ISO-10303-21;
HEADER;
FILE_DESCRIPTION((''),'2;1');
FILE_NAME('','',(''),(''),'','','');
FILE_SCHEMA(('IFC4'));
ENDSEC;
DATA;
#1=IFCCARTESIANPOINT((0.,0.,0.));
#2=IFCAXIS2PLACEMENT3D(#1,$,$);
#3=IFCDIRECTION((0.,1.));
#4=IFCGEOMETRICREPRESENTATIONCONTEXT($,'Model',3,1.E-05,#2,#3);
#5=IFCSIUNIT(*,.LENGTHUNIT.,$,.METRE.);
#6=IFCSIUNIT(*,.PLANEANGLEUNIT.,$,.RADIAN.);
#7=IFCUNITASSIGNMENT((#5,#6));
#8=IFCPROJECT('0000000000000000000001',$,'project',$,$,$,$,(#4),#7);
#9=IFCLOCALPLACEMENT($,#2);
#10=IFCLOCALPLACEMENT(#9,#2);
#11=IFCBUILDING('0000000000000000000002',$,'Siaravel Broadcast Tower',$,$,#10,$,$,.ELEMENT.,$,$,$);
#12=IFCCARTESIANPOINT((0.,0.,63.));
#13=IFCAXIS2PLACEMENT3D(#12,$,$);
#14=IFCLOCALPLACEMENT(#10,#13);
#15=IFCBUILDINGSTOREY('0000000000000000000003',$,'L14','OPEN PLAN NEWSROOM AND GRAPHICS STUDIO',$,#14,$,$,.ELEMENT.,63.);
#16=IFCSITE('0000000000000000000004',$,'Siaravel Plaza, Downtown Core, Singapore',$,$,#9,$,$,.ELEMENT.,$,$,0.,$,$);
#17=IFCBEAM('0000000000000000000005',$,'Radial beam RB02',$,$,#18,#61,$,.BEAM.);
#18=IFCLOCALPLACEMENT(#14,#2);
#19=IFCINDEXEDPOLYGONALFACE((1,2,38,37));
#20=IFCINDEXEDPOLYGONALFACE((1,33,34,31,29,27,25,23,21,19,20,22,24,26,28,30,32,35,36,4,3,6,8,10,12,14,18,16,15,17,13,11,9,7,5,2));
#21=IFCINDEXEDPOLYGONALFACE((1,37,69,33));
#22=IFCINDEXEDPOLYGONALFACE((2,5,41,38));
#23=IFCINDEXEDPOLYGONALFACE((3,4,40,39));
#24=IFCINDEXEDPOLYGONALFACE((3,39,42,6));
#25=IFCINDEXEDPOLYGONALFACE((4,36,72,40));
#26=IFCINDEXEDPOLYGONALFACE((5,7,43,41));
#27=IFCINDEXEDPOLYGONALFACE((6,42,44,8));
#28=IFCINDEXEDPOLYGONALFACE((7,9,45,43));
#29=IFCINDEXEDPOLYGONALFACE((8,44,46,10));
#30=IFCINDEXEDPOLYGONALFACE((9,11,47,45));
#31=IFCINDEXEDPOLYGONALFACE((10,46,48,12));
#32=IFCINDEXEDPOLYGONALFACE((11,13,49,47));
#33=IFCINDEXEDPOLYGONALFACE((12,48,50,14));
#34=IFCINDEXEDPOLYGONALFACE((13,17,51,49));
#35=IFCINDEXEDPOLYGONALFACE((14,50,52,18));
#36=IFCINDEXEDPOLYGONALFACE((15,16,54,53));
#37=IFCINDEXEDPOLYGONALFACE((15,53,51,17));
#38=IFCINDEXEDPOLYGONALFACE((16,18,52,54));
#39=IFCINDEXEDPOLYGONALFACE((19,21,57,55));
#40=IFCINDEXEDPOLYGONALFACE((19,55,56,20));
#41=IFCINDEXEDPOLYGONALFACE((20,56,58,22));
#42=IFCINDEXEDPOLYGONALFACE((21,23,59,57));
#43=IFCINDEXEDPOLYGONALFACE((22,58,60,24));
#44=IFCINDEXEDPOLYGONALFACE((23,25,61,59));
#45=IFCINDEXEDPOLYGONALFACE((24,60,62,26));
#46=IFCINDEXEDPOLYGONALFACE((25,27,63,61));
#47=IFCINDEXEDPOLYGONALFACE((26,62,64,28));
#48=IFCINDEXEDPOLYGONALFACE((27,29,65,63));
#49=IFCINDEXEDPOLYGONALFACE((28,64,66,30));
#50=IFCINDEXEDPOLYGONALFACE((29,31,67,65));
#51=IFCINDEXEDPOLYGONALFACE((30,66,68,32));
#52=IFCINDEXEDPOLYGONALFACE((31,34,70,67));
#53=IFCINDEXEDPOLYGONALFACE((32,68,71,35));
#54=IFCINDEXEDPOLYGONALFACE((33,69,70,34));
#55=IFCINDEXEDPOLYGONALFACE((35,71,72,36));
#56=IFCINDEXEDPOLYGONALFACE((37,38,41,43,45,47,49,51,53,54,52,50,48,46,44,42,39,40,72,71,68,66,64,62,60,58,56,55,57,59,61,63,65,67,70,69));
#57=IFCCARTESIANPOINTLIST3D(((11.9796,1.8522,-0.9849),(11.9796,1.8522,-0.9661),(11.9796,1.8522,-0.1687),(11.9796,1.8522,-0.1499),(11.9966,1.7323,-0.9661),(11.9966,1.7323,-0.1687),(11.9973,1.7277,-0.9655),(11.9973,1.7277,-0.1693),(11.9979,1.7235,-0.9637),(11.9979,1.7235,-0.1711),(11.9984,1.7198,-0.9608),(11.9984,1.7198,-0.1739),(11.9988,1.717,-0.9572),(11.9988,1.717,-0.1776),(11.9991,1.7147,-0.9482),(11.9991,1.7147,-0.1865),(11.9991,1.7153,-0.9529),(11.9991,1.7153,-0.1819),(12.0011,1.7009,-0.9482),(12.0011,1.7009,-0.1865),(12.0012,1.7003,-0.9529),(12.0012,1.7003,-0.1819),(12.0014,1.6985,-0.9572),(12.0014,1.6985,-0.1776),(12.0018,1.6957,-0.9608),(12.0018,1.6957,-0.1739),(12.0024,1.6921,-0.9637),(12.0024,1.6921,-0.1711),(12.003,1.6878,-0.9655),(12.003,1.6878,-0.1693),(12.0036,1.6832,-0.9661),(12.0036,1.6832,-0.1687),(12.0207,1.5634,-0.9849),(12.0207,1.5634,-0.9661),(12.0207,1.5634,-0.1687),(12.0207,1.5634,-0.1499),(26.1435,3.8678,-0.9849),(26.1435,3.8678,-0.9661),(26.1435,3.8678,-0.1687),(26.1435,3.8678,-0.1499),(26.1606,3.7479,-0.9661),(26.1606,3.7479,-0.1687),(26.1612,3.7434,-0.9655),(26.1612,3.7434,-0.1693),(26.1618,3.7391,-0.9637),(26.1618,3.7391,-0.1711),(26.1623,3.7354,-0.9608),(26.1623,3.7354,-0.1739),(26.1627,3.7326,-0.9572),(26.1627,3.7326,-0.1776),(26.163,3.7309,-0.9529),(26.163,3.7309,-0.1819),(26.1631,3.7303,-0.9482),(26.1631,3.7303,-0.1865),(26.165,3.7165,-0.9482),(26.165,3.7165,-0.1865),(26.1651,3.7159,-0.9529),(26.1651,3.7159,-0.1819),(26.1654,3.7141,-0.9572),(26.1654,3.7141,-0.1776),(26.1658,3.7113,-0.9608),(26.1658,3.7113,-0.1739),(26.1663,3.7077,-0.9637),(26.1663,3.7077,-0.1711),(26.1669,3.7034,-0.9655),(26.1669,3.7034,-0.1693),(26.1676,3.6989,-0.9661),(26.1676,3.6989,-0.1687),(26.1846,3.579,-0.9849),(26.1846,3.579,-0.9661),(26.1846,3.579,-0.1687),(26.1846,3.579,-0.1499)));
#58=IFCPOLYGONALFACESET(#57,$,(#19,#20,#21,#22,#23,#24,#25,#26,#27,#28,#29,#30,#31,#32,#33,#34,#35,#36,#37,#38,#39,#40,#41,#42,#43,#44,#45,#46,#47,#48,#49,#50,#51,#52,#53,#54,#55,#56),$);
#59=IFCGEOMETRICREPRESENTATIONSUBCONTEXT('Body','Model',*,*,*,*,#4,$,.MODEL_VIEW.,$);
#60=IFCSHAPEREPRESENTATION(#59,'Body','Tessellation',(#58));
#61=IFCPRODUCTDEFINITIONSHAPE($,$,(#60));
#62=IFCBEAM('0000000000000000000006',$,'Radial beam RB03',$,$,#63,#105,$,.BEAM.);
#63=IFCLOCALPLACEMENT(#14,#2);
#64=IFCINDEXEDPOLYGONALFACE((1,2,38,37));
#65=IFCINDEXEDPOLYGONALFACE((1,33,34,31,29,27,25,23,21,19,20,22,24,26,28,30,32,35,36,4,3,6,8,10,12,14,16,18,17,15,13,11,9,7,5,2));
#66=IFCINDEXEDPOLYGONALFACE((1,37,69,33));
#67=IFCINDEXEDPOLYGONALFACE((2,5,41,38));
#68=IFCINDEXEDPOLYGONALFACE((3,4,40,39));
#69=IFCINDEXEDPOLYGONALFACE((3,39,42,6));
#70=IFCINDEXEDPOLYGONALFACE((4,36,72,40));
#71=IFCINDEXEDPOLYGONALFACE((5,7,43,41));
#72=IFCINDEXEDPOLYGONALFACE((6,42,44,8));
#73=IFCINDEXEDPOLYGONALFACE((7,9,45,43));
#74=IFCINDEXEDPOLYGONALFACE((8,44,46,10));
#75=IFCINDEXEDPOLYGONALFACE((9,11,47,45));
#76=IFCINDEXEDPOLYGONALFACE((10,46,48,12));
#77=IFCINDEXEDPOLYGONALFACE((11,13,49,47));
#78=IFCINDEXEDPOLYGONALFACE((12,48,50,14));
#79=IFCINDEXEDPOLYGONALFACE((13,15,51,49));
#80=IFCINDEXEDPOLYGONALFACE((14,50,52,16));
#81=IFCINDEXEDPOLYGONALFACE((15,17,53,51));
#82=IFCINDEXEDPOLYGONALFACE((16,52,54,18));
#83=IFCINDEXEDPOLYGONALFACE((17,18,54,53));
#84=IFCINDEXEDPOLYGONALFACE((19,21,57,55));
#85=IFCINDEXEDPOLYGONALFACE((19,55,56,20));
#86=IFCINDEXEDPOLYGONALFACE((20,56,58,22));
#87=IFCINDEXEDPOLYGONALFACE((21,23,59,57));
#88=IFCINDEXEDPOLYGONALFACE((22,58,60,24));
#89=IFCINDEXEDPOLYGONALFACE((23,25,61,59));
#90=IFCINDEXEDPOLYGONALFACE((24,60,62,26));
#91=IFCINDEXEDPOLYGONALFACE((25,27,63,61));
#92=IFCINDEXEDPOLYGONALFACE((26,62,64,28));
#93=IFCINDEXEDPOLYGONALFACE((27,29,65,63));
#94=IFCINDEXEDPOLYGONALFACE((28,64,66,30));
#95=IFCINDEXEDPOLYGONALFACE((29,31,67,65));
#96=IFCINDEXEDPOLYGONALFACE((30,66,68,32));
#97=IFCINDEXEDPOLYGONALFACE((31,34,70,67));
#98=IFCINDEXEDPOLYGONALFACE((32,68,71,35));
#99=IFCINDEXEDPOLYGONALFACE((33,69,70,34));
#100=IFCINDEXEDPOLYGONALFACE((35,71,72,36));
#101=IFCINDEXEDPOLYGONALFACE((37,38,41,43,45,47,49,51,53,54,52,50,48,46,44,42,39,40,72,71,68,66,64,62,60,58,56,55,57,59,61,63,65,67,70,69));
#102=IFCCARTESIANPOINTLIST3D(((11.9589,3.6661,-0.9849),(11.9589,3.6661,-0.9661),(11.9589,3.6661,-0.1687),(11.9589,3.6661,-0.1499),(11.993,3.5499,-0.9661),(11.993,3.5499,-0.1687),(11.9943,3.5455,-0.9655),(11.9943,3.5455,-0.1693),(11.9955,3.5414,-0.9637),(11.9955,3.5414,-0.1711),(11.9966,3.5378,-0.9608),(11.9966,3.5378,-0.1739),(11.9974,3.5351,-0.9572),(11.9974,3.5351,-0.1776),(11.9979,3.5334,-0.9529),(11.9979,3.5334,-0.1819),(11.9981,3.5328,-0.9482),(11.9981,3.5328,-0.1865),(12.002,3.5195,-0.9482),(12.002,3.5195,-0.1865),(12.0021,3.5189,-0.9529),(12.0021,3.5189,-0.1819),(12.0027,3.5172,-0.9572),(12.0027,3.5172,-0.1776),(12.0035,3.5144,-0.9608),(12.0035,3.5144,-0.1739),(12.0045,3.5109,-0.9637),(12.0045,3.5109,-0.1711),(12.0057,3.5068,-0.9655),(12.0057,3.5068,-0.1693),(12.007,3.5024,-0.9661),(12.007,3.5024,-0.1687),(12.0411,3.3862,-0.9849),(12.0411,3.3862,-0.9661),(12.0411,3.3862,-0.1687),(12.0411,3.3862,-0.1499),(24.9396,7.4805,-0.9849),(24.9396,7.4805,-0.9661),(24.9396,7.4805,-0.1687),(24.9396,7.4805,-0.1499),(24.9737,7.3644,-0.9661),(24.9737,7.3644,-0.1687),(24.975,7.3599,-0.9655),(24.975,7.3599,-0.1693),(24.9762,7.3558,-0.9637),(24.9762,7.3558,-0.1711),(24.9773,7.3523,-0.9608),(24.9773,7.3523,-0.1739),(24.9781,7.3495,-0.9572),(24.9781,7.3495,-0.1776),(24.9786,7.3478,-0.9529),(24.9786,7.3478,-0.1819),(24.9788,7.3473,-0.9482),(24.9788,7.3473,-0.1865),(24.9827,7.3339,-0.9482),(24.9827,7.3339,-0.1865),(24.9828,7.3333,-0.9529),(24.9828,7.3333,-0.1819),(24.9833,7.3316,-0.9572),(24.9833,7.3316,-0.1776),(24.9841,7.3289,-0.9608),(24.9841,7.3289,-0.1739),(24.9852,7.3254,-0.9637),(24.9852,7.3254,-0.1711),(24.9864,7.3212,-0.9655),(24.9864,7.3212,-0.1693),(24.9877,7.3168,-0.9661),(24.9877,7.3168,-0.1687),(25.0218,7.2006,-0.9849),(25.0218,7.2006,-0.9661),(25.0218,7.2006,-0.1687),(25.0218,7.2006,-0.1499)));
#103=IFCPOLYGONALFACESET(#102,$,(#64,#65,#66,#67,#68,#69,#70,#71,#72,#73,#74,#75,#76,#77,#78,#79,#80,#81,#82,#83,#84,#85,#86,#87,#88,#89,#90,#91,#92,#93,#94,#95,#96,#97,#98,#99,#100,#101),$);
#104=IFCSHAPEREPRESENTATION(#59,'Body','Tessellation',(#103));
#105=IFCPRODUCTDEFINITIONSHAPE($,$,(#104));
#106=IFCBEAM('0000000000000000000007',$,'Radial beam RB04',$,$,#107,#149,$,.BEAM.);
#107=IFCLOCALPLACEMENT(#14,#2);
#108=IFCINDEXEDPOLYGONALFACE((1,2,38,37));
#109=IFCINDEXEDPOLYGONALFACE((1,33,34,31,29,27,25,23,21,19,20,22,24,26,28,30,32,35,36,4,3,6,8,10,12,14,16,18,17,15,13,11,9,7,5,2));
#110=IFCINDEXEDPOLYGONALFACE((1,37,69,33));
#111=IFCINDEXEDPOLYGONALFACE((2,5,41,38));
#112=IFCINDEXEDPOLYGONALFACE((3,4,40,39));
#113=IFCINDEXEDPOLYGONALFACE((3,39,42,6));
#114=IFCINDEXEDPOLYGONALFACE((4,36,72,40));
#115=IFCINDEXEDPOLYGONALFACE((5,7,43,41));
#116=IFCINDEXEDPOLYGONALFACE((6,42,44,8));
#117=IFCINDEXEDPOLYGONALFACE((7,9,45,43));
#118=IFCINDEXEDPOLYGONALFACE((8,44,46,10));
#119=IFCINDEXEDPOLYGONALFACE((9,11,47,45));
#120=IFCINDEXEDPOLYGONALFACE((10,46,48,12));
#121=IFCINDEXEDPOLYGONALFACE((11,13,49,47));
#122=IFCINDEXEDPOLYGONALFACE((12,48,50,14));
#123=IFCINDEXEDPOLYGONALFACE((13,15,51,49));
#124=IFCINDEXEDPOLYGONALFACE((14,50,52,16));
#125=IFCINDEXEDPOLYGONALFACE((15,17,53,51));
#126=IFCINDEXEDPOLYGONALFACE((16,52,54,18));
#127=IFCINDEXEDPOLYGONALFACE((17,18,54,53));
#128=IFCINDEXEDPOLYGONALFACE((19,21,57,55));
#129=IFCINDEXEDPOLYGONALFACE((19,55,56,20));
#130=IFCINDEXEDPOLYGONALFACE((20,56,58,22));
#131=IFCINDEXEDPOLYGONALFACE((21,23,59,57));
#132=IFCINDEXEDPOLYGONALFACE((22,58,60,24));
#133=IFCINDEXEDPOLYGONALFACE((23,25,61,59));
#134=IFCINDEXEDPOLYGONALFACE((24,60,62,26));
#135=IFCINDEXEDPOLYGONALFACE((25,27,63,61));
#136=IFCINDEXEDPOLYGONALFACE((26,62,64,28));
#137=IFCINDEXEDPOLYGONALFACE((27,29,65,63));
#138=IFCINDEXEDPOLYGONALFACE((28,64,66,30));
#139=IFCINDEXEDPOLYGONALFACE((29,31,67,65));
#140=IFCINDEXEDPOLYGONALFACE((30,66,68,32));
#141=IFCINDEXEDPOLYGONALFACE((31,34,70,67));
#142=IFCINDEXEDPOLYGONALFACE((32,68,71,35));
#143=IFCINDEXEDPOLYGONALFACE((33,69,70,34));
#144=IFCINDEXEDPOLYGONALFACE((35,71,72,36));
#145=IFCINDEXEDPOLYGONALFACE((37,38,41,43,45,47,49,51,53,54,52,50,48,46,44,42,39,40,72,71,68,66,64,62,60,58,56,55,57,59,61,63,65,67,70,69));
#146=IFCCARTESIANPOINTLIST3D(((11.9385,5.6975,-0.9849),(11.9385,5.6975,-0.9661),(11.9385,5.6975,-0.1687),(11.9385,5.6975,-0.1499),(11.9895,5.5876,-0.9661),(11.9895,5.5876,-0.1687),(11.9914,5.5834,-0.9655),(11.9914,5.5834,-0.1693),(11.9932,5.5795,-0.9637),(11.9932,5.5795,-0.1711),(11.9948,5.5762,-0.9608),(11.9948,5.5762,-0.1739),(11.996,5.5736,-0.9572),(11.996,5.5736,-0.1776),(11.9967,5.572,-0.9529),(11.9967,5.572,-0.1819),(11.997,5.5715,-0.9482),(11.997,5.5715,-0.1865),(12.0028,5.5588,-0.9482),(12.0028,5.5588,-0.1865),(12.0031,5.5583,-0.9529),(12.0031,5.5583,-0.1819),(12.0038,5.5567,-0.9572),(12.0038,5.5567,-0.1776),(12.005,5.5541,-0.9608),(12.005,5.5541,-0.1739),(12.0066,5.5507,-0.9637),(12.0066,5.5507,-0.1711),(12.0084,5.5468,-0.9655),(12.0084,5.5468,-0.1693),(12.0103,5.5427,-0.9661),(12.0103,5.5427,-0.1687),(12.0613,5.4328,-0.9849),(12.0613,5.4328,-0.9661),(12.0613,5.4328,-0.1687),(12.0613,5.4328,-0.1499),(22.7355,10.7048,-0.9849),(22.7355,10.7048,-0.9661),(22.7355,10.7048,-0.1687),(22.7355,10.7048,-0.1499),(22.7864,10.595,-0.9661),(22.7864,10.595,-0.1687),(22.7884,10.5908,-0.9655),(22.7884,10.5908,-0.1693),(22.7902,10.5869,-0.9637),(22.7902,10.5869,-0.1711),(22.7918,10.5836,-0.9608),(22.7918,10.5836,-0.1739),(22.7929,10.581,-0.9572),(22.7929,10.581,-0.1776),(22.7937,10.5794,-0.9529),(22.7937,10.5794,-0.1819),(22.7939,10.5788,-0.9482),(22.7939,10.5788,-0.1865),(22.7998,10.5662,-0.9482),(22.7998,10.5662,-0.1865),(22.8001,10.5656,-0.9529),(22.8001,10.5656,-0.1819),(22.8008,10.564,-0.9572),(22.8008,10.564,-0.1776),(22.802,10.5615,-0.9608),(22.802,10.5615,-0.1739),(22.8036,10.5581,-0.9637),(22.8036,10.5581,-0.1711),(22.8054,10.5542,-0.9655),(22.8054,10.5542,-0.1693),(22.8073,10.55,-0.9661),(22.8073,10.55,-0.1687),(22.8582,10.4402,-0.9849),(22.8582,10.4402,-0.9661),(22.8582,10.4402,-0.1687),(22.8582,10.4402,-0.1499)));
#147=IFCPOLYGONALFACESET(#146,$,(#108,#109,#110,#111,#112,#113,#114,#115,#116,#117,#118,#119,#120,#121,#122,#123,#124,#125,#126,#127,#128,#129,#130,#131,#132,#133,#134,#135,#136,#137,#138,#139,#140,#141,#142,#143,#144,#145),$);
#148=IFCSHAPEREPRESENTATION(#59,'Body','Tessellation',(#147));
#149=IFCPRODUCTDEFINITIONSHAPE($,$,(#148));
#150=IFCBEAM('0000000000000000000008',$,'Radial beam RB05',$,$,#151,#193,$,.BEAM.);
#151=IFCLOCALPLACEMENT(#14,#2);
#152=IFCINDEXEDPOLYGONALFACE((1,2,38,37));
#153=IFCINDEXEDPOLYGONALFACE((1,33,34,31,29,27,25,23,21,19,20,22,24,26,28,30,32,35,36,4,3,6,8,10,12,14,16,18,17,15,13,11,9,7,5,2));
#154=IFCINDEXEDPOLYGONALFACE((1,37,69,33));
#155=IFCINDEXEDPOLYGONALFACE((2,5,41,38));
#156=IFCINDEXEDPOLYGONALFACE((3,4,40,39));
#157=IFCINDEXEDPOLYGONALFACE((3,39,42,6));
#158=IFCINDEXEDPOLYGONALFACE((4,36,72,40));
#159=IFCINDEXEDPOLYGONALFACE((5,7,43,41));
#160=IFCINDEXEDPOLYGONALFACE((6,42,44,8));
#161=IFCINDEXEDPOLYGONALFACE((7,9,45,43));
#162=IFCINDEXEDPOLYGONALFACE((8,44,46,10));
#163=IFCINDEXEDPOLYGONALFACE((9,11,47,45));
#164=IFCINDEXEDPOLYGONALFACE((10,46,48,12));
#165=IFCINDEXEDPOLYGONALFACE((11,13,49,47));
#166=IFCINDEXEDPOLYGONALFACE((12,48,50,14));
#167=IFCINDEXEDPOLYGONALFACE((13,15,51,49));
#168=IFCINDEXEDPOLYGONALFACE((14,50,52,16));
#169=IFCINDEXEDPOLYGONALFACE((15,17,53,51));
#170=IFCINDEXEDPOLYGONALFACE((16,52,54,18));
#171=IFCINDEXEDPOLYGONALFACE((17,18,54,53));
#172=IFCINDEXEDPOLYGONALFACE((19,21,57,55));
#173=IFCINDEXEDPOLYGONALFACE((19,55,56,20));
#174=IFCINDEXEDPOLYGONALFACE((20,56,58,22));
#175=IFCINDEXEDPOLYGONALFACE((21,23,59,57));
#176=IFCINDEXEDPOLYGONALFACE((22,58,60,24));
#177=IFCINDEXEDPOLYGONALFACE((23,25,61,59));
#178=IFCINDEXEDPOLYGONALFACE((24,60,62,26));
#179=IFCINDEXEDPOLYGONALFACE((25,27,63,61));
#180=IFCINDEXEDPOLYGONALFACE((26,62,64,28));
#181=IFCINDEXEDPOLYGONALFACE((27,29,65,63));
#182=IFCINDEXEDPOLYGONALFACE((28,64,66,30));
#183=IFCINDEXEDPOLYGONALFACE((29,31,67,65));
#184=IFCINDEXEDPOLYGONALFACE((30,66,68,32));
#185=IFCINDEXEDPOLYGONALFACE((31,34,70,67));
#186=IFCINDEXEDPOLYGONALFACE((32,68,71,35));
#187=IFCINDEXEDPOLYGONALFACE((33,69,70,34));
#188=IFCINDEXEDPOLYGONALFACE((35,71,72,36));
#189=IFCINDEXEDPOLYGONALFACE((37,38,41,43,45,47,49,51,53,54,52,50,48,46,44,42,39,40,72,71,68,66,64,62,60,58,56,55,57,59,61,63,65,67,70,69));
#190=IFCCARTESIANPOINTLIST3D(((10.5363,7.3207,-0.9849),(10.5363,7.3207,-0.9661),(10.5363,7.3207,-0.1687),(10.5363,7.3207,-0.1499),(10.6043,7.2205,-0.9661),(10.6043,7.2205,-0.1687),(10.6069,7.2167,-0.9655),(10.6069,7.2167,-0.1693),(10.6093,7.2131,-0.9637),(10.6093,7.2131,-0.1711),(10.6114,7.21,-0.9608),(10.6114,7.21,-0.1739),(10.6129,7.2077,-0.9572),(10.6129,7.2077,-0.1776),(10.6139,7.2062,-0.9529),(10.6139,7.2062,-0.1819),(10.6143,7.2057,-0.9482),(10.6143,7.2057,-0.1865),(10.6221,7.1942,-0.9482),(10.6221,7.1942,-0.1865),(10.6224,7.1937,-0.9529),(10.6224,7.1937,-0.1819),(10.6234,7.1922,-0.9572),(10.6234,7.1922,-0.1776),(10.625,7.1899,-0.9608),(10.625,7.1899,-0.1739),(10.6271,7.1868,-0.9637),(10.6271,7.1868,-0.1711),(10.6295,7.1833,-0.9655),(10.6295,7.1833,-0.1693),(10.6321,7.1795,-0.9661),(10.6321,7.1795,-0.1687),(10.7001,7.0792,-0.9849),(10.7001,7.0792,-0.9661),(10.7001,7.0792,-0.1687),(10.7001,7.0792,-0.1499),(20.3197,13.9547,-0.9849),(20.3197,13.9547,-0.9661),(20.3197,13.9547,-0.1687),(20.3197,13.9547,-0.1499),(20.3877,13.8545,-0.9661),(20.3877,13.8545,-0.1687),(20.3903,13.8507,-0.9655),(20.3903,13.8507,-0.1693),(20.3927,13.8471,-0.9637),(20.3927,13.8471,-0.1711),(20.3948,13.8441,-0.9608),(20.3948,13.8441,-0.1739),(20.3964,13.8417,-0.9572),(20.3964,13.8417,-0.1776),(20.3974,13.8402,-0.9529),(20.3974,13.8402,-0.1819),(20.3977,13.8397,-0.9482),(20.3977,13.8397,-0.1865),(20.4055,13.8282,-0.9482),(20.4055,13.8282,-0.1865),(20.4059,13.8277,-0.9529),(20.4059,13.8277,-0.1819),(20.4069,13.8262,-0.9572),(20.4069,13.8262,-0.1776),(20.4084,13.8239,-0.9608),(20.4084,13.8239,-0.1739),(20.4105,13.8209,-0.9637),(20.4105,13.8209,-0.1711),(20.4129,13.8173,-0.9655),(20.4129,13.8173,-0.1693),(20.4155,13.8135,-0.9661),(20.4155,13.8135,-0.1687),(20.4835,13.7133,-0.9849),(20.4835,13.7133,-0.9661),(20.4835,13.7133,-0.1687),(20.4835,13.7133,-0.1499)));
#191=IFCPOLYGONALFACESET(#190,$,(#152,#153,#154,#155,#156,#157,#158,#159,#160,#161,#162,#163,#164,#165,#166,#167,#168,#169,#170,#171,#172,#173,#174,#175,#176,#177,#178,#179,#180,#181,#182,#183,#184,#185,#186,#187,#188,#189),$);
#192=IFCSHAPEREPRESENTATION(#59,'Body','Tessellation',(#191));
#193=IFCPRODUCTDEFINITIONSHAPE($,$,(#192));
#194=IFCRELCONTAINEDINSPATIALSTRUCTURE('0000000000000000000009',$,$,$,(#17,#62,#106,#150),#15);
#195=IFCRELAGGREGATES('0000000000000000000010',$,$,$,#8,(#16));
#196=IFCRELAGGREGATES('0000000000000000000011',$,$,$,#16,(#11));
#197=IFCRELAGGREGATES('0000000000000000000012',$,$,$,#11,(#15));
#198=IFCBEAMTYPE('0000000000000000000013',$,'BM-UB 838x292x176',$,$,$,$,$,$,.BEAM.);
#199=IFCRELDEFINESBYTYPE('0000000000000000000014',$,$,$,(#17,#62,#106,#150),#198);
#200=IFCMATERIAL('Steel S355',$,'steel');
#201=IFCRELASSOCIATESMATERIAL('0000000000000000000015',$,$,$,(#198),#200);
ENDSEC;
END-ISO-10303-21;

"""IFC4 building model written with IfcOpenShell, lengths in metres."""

from ifc_helpers import new_model, si_unit, direction, frame, origin, origin_2d, place, context, subcontext, project, spatial, i_section, extrude, material, material_profile, profile_set, type_object, element, save


model = new_model("IFC4")

# Units and contexts
model_context = context("Model", 3, precision=1e-05, world=origin(), true_north=direction((0.0, 1.0)))
body_context = subcontext(model_context, "Body", "Model", "MODEL_VIEW")
ifc_project = project(units=[si_unit("LENGTHUNIT", "METRE"), si_unit("PLANEANGLEUNIT", "RADIAN")], contexts=[model_context])

# Site, building, storey
site_placement = place(None, origin())
site = spatial("IfcSite", under=ifc_project, at=site_placement, Name="Siaravel Plaza, Downtown Core, Singapore", CompositionType="ELEMENT", RefElevation=0.0)
building_placement = place(site_placement, origin())
building = spatial("IfcBuilding", under=site, at=building_placement, Name="Siaravel Broadcast Tower", CompositionType="ELEMENT")
storey_placement = place(building_placement, frame((0.0, 0.0, 63.0)))
storey = spatial("IfcBuildingStorey", under=building, at=storey_placement, Name="L14", Description="OPEN PLAN NEWSROOM AND GRAPHICS STUDIO", CompositionType="ELEMENT", Elevation=63.0)

# Beams
ifc_material_1 = material(Name="Steel S355", Category="steel")
ifc_material_profile_1 = material_profile(ifc_material_1, i_section(OverallWidth=0.2917, OverallDepth=0.835, WebThickness=0.0139, FlangeThickness=0.0188, FilletRadius=0.0178, at=origin_2d()))
ifc_profile_set_1 = profile_set([ifc_material_profile_1], Name="Steel S355")
beam_type = type_object("IfcBeamType", Name="BM-UB 838x292x176", PredefinedType="BEAM", material=ifc_profile_set_1)
beam_1_placement = place(storey_placement, frame((26.1641, 3.7234, -0.5674), z_axis=(-0.990026, -0.140886, 0.0), x_axis=(0.140886, -0.990026, 0.0)))
element("IfcBeam", 1, at=beam_1_placement, inside=storey, type_object=beam_type, Name="Radial beam RB02", PredefinedType="BEAM", context=body_context, shape_type="SweptSolid", body=[
    extrude(i_section(OverallWidth=0.2917, OverallDepth=0.835, WebThickness=0.0139, FlangeThickness=0.0188, FilletRadius=0.0178, at=origin_2d()), origin(), (0.0, 0.0, 1.0), 14.3066),
])
beam_2_placement = place(storey_placement, frame((24.9807, 7.3406, -0.5674), z_axis=(-0.959434, -0.281935, 0.0), x_axis=(0.281935, -0.959434, 0.0)))
element("IfcBeam", 2, at=beam_2_placement, inside=storey, type_object=beam_type, Name="Radial beam RB03", PredefinedType="BEAM", context=body_context, shape_type="SweptSolid", body=[
    extrude(i_section(OverallWidth=0.2917, OverallDepth=0.835, WebThickness=0.0139, FlangeThickness=0.0188, FilletRadius=0.0178, at=origin_2d()), origin(), (0.0, 0.0, 1.0), 13.5295),
])
beam_3_placement = place(storey_placement, frame((22.7969, 10.5725, -0.5674), z_axis=(-0.907186, -0.42073, 0.0), x_axis=(0.42073, -0.907186, 0.0)))
element("IfcBeam", 3, at=beam_3_placement, inside=storey, type_object=beam_type, Name="Radial beam RB04", PredefinedType="BEAM", context=body_context, shape_type="SweptSolid", body=[
    extrude(i_section(OverallWidth=0.2917, OverallDepth=0.835, WebThickness=0.0139, FlangeThickness=0.0188, FilletRadius=0.0178, at=origin_2d()), origin(), (0.0, 0.0, 1.0), 11.9016),
])
beam_4_placement = place(storey_placement, frame((20.4016, 13.834, -0.5674), z_axis=(-0.827662, -0.561227, 0.0), x_axis=(0.561227, -0.827662, 0.0)))
element("IfcBeam", 4, at=beam_4_placement, inside=storey, type_object=beam_type, Name="Radial beam RB05", PredefinedType="BEAM", context=body_context, shape_type="SweptSolid", body=[
    extrude(i_section(OverallWidth=0.2917, OverallDepth=0.835, WebThickness=0.0139, FlangeThickness=0.0188, FilletRadius=0.0178, at=origin_2d()), origin(), (0.0, 0.0, 1.0), 11.8206),
])

save(model, "model.ifc")
